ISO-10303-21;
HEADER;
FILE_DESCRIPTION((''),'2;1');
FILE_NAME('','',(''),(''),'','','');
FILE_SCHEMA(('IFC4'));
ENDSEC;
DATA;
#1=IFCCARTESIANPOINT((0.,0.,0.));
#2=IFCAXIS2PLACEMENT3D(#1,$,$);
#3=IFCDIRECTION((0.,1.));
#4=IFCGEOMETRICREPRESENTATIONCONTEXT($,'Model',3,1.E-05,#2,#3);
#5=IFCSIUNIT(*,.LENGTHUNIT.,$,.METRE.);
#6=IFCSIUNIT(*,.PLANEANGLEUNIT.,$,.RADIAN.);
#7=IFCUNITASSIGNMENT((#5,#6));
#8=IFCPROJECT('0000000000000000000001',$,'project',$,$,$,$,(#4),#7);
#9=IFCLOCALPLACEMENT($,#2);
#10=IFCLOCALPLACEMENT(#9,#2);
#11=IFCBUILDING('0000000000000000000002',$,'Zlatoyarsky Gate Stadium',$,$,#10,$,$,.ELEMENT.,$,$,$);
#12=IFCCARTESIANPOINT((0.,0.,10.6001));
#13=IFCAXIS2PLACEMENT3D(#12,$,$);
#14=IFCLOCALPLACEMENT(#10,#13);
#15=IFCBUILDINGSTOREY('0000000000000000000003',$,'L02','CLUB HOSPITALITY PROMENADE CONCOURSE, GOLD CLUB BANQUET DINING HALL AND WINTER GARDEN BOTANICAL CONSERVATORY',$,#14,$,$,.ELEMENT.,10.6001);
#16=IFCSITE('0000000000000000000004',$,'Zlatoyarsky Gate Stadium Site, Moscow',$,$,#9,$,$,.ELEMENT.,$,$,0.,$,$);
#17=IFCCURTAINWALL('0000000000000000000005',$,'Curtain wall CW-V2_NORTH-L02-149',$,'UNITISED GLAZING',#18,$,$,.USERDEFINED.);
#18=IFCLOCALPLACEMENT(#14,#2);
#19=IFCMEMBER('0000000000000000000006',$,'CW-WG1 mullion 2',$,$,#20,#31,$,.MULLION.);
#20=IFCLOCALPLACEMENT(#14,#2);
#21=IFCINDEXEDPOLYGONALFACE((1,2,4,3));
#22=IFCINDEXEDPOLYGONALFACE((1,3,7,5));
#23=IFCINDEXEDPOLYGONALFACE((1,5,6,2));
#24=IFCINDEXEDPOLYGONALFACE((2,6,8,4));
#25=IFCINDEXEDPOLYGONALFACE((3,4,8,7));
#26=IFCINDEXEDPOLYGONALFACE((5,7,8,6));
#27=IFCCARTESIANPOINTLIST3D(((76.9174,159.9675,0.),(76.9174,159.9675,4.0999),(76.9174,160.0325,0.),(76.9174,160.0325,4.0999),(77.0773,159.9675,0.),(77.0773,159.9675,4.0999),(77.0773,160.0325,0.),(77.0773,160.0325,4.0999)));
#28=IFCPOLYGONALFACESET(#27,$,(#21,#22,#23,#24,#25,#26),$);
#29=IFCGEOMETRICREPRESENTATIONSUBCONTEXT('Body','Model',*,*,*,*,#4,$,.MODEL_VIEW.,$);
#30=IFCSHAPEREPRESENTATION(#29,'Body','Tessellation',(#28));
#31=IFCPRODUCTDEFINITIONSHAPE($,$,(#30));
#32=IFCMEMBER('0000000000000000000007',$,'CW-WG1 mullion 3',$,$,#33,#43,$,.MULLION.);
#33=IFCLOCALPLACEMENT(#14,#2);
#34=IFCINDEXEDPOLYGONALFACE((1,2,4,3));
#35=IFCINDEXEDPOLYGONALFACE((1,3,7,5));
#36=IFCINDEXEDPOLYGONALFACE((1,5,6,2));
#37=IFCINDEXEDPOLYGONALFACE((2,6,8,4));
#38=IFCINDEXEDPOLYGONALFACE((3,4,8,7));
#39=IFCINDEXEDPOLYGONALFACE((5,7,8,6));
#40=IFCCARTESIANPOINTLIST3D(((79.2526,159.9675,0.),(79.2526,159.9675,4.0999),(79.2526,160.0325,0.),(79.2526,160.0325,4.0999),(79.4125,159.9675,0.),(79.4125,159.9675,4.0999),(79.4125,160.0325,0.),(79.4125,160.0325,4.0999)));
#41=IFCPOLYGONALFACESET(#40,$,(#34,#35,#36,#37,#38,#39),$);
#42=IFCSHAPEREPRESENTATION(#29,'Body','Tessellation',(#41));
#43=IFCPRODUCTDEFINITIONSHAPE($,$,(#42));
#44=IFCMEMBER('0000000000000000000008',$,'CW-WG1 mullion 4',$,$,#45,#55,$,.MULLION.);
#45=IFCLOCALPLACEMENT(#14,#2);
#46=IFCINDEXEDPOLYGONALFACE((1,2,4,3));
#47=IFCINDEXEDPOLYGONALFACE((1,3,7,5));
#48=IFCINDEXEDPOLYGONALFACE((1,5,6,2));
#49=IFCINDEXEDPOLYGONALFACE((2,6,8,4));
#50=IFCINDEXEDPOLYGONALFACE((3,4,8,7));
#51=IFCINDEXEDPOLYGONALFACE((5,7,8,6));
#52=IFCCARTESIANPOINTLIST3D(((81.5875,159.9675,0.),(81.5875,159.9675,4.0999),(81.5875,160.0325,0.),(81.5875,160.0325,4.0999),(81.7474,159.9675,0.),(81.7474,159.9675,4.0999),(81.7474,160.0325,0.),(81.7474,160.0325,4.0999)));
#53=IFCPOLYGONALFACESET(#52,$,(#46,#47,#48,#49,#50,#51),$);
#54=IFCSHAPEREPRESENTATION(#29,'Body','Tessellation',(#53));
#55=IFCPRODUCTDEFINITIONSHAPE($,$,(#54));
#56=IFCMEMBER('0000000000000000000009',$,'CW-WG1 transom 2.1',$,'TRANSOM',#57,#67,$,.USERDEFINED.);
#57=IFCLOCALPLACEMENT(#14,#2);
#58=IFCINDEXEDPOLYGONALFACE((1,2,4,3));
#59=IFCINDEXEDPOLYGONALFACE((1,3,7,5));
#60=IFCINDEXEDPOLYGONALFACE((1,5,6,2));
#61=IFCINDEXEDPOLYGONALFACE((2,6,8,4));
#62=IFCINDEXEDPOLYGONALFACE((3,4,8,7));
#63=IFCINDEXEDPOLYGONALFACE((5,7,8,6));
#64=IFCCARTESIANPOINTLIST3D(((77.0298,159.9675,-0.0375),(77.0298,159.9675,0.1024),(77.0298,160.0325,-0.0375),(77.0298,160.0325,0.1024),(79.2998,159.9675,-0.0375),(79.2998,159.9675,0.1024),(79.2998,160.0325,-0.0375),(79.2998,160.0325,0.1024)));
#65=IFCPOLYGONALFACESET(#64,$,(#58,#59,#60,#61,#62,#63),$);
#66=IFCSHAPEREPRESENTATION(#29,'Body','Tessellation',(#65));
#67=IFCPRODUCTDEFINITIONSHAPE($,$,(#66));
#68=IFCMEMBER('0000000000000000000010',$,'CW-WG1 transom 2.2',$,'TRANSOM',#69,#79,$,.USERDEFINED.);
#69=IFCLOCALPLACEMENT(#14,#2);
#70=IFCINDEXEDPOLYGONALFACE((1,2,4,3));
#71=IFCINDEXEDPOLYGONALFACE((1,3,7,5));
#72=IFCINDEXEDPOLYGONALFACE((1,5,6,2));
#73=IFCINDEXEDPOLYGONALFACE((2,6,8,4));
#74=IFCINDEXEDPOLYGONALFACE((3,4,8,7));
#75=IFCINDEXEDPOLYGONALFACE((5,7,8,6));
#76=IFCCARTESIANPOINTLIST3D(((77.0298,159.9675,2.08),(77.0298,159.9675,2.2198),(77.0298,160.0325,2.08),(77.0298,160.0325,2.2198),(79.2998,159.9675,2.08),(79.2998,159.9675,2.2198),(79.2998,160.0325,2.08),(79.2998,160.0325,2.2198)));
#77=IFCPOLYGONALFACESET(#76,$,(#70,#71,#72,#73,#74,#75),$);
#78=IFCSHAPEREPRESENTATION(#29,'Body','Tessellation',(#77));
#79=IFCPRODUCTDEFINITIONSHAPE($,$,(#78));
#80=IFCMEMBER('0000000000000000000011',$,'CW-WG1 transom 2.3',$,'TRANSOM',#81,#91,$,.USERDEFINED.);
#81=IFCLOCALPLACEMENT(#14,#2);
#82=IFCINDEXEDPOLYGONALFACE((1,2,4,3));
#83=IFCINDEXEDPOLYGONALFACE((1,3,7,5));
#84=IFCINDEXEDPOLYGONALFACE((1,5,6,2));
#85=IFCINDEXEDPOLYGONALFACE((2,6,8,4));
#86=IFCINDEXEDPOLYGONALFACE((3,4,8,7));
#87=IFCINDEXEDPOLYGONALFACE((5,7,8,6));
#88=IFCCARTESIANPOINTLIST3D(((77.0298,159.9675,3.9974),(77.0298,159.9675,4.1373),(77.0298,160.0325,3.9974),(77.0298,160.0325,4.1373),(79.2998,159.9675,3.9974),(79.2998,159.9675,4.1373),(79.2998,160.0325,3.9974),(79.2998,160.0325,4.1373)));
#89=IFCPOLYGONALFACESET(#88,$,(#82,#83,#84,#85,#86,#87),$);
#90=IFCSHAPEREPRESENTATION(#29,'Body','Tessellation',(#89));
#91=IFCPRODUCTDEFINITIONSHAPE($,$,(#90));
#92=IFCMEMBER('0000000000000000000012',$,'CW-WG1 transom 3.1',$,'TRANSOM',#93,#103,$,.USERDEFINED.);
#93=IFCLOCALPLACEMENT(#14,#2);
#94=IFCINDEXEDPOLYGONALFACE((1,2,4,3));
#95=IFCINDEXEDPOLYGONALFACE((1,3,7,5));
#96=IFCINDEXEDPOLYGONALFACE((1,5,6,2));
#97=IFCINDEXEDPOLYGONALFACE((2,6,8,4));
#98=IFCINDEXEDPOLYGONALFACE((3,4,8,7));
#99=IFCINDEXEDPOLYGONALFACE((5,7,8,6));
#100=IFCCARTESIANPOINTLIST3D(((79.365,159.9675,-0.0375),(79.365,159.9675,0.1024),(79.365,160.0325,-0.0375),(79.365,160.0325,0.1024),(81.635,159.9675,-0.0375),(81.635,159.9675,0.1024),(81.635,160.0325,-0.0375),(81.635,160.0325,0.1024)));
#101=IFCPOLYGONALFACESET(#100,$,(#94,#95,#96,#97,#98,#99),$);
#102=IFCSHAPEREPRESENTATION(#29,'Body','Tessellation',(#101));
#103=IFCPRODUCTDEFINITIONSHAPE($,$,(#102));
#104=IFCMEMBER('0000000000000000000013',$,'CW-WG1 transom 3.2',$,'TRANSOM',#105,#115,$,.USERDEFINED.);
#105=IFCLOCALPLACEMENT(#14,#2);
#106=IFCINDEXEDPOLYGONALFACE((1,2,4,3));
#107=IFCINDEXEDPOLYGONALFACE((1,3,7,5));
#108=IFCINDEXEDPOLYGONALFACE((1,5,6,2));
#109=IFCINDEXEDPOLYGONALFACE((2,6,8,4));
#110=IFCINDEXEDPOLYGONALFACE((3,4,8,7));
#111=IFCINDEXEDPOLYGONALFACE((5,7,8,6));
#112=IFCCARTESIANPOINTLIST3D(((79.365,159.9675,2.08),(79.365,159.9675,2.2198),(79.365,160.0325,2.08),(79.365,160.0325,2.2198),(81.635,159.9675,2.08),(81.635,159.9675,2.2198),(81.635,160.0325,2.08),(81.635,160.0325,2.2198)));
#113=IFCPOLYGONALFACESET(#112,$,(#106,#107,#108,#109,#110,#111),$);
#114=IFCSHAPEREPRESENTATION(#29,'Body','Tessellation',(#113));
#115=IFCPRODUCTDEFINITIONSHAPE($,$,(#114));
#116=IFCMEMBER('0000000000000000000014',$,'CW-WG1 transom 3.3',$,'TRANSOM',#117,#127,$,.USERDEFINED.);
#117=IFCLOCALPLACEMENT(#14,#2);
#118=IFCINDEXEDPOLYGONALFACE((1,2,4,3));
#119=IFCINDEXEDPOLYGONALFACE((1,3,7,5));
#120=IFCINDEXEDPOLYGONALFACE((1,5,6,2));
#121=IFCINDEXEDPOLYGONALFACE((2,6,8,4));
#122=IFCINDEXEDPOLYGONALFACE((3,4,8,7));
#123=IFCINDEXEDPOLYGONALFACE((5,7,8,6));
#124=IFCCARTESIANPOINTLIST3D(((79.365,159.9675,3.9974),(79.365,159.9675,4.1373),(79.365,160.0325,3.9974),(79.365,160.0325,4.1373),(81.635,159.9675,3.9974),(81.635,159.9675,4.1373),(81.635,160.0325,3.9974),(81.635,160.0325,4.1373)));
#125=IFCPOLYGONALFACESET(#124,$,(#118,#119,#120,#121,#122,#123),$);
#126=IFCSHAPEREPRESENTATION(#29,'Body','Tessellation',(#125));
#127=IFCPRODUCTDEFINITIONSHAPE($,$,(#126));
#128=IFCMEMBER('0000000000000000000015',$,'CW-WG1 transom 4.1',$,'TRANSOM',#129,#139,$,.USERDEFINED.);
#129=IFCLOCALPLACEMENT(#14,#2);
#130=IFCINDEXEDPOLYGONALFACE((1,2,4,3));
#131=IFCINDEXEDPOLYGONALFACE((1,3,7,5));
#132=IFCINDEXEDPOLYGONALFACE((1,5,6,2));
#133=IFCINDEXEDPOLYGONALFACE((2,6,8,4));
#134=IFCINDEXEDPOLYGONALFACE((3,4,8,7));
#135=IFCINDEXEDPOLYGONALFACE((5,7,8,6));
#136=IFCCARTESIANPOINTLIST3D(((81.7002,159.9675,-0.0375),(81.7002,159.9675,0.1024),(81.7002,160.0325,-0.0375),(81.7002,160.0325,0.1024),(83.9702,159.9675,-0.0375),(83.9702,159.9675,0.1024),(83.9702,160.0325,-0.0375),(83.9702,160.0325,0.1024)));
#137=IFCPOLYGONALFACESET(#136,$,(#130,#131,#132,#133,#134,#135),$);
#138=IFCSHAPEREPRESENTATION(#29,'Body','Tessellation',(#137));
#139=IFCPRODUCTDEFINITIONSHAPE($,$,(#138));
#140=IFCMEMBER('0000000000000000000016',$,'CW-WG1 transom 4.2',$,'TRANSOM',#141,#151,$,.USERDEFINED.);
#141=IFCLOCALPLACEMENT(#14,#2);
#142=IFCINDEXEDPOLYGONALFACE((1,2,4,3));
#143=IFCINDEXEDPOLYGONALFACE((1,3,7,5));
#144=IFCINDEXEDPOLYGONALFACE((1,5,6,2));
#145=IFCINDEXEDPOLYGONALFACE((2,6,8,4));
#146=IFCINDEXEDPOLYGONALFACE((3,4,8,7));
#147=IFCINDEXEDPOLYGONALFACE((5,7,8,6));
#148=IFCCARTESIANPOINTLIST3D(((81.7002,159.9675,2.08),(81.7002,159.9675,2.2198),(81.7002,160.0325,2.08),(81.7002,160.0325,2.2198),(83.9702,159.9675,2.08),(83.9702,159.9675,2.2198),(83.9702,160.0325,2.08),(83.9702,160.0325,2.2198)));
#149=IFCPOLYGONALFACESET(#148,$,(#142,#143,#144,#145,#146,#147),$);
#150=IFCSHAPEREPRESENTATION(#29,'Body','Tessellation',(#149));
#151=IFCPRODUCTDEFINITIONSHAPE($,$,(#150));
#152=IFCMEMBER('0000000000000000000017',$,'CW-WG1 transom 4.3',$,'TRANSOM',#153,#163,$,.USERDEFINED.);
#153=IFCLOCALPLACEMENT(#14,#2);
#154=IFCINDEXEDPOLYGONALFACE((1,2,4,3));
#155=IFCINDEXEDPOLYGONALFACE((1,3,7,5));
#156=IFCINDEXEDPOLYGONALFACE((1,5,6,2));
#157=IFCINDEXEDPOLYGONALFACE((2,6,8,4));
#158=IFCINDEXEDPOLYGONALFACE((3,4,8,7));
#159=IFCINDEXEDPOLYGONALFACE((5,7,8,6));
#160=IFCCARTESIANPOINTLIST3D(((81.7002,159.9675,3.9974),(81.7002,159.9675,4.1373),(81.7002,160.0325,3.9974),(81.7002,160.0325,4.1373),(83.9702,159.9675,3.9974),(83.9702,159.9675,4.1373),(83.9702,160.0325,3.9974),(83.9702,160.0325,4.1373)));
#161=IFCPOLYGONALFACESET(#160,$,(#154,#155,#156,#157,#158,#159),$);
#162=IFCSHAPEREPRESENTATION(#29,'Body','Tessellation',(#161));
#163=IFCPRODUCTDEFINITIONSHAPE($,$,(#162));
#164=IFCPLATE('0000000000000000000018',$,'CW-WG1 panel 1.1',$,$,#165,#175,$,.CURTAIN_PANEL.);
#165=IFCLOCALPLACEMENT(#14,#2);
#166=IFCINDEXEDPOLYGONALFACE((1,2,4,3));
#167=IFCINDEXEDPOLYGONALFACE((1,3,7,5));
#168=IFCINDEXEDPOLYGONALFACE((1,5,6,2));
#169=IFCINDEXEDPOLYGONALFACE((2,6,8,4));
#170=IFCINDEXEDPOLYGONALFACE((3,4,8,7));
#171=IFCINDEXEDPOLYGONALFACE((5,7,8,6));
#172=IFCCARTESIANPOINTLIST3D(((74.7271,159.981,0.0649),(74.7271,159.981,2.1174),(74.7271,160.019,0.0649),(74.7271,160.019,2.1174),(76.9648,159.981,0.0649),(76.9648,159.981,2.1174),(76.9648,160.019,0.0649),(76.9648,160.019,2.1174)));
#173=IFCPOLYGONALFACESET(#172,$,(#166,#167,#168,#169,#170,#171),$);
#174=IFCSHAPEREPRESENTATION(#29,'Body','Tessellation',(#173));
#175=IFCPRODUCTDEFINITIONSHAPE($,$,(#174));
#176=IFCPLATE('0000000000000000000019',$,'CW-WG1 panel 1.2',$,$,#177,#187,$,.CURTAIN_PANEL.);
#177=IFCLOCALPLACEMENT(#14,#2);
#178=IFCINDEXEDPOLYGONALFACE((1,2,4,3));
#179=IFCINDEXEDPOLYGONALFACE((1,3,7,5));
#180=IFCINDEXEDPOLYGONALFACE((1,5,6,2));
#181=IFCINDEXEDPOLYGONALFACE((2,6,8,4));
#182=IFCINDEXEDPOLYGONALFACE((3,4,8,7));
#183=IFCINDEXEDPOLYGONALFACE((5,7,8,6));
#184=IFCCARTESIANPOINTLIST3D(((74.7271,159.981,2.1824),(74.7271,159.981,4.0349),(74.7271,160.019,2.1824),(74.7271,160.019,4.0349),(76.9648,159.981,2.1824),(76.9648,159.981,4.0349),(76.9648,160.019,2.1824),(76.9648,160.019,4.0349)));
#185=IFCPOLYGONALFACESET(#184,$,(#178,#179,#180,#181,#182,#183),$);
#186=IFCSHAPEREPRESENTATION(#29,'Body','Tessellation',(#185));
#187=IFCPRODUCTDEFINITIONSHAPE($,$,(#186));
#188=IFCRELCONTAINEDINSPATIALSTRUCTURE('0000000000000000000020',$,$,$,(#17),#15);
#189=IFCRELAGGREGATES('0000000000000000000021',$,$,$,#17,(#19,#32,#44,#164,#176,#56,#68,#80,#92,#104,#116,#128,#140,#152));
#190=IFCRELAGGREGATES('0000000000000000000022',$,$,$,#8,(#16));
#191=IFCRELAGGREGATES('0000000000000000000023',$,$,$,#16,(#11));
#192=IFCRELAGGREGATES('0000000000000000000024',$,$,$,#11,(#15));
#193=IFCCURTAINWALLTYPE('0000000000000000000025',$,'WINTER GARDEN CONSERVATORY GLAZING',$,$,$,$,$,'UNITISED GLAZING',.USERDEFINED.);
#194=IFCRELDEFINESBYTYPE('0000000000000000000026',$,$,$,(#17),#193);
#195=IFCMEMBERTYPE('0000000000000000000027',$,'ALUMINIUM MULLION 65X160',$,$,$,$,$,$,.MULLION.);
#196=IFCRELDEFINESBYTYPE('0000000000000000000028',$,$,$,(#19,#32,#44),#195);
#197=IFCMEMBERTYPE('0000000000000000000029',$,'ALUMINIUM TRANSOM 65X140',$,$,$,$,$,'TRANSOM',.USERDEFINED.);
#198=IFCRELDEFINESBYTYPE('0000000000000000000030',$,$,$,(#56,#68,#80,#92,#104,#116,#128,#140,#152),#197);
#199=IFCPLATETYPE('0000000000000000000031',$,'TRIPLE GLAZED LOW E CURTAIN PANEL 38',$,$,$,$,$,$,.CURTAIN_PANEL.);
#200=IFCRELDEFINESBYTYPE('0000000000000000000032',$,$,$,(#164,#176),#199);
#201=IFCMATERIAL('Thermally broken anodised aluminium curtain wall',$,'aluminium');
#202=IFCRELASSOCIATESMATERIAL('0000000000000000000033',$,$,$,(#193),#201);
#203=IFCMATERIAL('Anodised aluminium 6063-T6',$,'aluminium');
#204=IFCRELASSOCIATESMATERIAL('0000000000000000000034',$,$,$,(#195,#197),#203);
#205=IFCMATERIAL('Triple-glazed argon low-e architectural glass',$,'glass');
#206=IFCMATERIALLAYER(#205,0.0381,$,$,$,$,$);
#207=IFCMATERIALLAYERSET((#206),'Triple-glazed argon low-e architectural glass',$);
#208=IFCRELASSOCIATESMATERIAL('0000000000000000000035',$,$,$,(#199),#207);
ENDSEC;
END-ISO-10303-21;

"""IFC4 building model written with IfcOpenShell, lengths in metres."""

from ifc_helpers import new_model, si_unit, direction, frame, origin, origin_2d, place, context, subcontext, project, spatial, rectangle, extrude, material, layer, layer_set, material_profile, profile_set, type_object, element, aggregate, save


model = new_model("IFC4")

# Units and contexts
model_context = context("Model", 3, precision=1e-05, world=origin(), true_north=direction((0.0, 1.0)))
body_context = subcontext(model_context, "Body", "Model", "MODEL_VIEW")
ifc_project = project(units=[si_unit("LENGTHUNIT", "METRE"), si_unit("PLANEANGLEUNIT", "RADIAN")], contexts=[model_context])

# Site, building, storey
site_placement = place(None, origin())
site = spatial("IfcSite", under=ifc_project, at=site_placement, Name="Zlatoyarsky Gate Stadium Site, Moscow", CompositionType="ELEMENT", RefElevation=0.0)
building_placement = place(site_placement, origin())
building = spatial("IfcBuilding", under=site, at=building_placement, Name="Zlatoyarsky Gate Stadium", CompositionType="ELEMENT")
storey_placement = place(building_placement, frame((0.0, 0.0, 10.6001)))
storey = spatial("IfcBuildingStorey", under=building, at=storey_placement, Name="L02", Description="CLUB HOSPITALITY PROMENADE CONCOURSE, GOLD CLUB BANQUET DINING HALL AND WINTER GARDEN BOTANICAL CONSERVATORY", CompositionType="ELEMENT", Elevation=10.6001)

# Curtain wall, members, plates
ifc_material_1 = material(Name="Thermally broken anodised aluminium curtain wall", Category="aluminium")
curtain_wall_type = type_object("IfcCurtainWallType", Name="WINTER GARDEN CONSERVATORY GLAZING", ElementType="UNITISED GLAZING", PredefinedType="USERDEFINED", material=ifc_material_1)
curtain_wall_placement = place(storey_placement, origin())
curtain_wall = element("IfcCurtainWall", 1, at=curtain_wall_placement, inside=storey, type_object=curtain_wall_type, Name="Curtain wall CW-V2_NORTH-L02-149", ObjectType="UNITISED GLAZING", PredefinedType="USERDEFINED")
ifc_material_2 = material(Name="Anodised aluminium 6063-T6", Category="aluminium")
ifc_material_profile_1 = material_profile(ifc_material_2, rectangle(XDim=0.0649, YDim=0.1599, at=origin_2d()), Name="ALU 65X160")
ifc_profile_set_1 = profile_set([ifc_material_profile_1], Name="Anodised aluminium 6063-T6")
member_type_1 = type_object("IfcMemberType", Name="ALUMINIUM MULLION 65X160", PredefinedType="MULLION", material=ifc_profile_set_1)
member_1_placement = place(storey_placement, frame((76.9973, 160.0, 0.0), z_axis=(0.0, 0.0, 1.0), x_axis=(0.0, 1.0, 0.0)))
member_1 = element("IfcMember", 2, at=member_1_placement, type_object=member_type_1, Name="CW-WG1 mullion 2", PredefinedType="MULLION", context=body_context, shape_type="SweptSolid", body=[
    extrude(rectangle(XDim=0.0649, YDim=0.1599, at=origin_2d()), origin(), (0.0, 0.0, 1.0), 4.0999),
])
member_2_placement = place(storey_placement, frame((79.3325, 160.0, 0.0), z_axis=(0.0, 0.0, 1.0), x_axis=(0.0, 1.0, 0.0)))
member_2 = element("IfcMember", 3, at=member_2_placement, type_object=member_type_1, Name="CW-WG1 mullion 3", PredefinedType="MULLION", context=body_context, shape_type="SweptSolid", body=[
    extrude(rectangle(XDim=0.0649, YDim=0.1599, at=origin_2d()), origin(), (0.0, 0.0, 1.0), 4.0999),
])
member_3_placement = place(storey_placement, frame((81.6675, 160.0, 0.0), z_axis=(0.0, 0.0, 1.0), x_axis=(0.0, 1.0, 0.0)))
member_3 = element("IfcMember", 4, at=member_3_placement, type_object=member_type_1, Name="CW-WG1 mullion 4", PredefinedType="MULLION", context=body_context, shape_type="SweptSolid", body=[
    extrude(rectangle(XDim=0.0649, YDim=0.1599, at=origin_2d()), origin(), (0.0, 0.0, 1.0), 4.0999),
])
ifc_material_profile_2 = material_profile(ifc_material_2, rectangle(XDim=0.0649, YDim=0.1399, at=origin_2d()), Name="ALU 65X140")
ifc_profile_set_2 = profile_set([ifc_material_profile_2], Name="Anodised aluminium 6063-T6")
member_type_2 = type_object("IfcMemberType", Name="ALUMINIUM TRANSOM 65X140", ElementType="TRANSOM", PredefinedType="USERDEFINED", material=ifc_profile_set_2)
member_4_placement = place(storey_placement, frame((77.0298, 160.0, 0.0325), z_axis=(1.0, 0.0, 0.0), x_axis=(0.0, 1.0, 0.0)))
member_4 = element("IfcMember", 5, at=member_4_placement, type_object=member_type_2, Name="CW-WG1 transom 2.1", ObjectType="TRANSOM", PredefinedType="USERDEFINED", context=body_context, shape_type="SweptSolid", body=[
    extrude(rectangle(XDim=0.0649, YDim=0.1399, at=origin_2d()), origin(), (0.0, 0.0, 1.0), 2.27),
])
member_5_placement = place(storey_placement, frame((77.0298, 160.0, 2.1499), z_axis=(1.0, 0.0, 0.0), x_axis=(0.0, 1.0, 0.0)))
member_5 = element("IfcMember", 6, at=member_5_placement, type_object=member_type_2, Name="CW-WG1 transom 2.2", ObjectType="TRANSOM", PredefinedType="USERDEFINED", context=body_context, shape_type="SweptSolid", body=[
    extrude(rectangle(XDim=0.0649, YDim=0.1399, at=origin_2d()), origin(), (0.0, 0.0, 1.0), 2.27),
])
member_6_placement = place(storey_placement, frame((77.0298, 160.0, 4.0674), z_axis=(1.0, 0.0, 0.0), x_axis=(0.0, 1.0, 0.0)))
member_6 = element("IfcMember", 7, at=member_6_placement, type_object=member_type_2, Name="CW-WG1 transom 2.3", ObjectType="TRANSOM", PredefinedType="USERDEFINED", context=body_context, shape_type="SweptSolid", body=[
    extrude(rectangle(XDim=0.0649, YDim=0.1399, at=origin_2d()), origin(), (0.0, 0.0, 1.0), 2.27),
])
member_7_placement = place(storey_placement, frame((79.365, 160.0, 0.0325), z_axis=(1.0, 0.0, 0.0), x_axis=(0.0, 1.0, 0.0)))
member_7 = element("IfcMember", 8, at=member_7_placement, type_object=member_type_2, Name="CW-WG1 transom 3.1", ObjectType="TRANSOM", PredefinedType="USERDEFINED", context=body_context, shape_type="SweptSolid", body=[
    extrude(rectangle(XDim=0.0649, YDim=0.1399, at=origin_2d()), origin(), (0.0, 0.0, 1.0), 2.27),
])
member_8_placement = place(storey_placement, frame((79.365, 160.0, 2.1499), z_axis=(1.0, 0.0, 0.0), x_axis=(0.0, 1.0, 0.0)))
member_8 = element("IfcMember", 9, at=member_8_placement, type_object=member_type_2, Name="CW-WG1 transom 3.2", ObjectType="TRANSOM", PredefinedType="USERDEFINED", context=body_context, shape_type="SweptSolid", body=[
    extrude(rectangle(XDim=0.0649, YDim=0.1399, at=origin_2d()), origin(), (0.0, 0.0, 1.0), 2.27),
])
member_9_placement = place(storey_placement, frame((79.365, 160.0, 4.0674), z_axis=(1.0, 0.0, 0.0), x_axis=(0.0, 1.0, 0.0)))
member_9 = element("IfcMember", 10, at=member_9_placement, type_object=member_type_2, Name="CW-WG1 transom 3.3", ObjectType="TRANSOM", PredefinedType="USERDEFINED", context=body_context, shape_type="SweptSolid", body=[
    extrude(rectangle(XDim=0.0649, YDim=0.1399, at=origin_2d()), origin(), (0.0, 0.0, 1.0), 2.27),
])
member_10_placement = place(storey_placement, frame((81.7002, 160.0, 0.0325), z_axis=(1.0, 0.0, 0.0), x_axis=(0.0, 1.0, 0.0)))
member_10 = element("IfcMember", 11, at=member_10_placement, type_object=member_type_2, Name="CW-WG1 transom 4.1", ObjectType="TRANSOM", PredefinedType="USERDEFINED", context=body_context, shape_type="SweptSolid", body=[
    extrude(rectangle(XDim=0.0649, YDim=0.1399, at=origin_2d()), origin(), (0.0, 0.0, 1.0), 2.27),
])
member_11_placement = place(storey_placement, frame((81.7002, 160.0, 2.1499), z_axis=(1.0, 0.0, 0.0), x_axis=(0.0, 1.0, 0.0)))
member_11 = element("IfcMember", 12, at=member_11_placement, type_object=member_type_2, Name="CW-WG1 transom 4.2", ObjectType="TRANSOM", PredefinedType="USERDEFINED", context=body_context, shape_type="SweptSolid", body=[
    extrude(rectangle(XDim=0.0649, YDim=0.1399, at=origin_2d()), origin(), (0.0, 0.0, 1.0), 2.27),
])
member_12_placement = place(storey_placement, frame((81.7002, 160.0, 4.0674), z_axis=(1.0, 0.0, 0.0), x_axis=(0.0, 1.0, 0.0)))
member_12 = element("IfcMember", 13, at=member_12_placement, type_object=member_type_2, Name="CW-WG1 transom 4.3", ObjectType="TRANSOM", PredefinedType="USERDEFINED", context=body_context, shape_type="SweptSolid", body=[
    extrude(rectangle(XDim=0.0649, YDim=0.1399, at=origin_2d()), origin(), (0.0, 0.0, 1.0), 2.27),
])
ifc_material_3 = material(Name="Triple-glazed argon low-e architectural glass", Category="glass")
ifc_layer_1 = layer(ifc_material_3, 0.0381)
ifc_layer_set_1 = layer_set([ifc_layer_1], Name="Triple-glazed argon low-e architectural glass")
plate_type = type_object("IfcPlateType", Name="TRIPLE GLAZED LOW E CURTAIN PANEL 38", PredefinedType="CURTAIN_PANEL", material=ifc_layer_set_1)
plate_1_placement = place(storey_placement, frame((75.8459, 160.0, 0.0649), z_axis=(0.0, 0.0, 1.0), x_axis=(1.0, 0.0, 0.0)))
plate_1 = element("IfcPlate", 14, at=plate_1_placement, type_object=plate_type, Name="CW-WG1 panel 1.1", PredefinedType="CURTAIN_PANEL", context=body_context, shape_type="SweptSolid", body=[
    extrude(rectangle(XDim=2.2378, YDim=0.0381, at=origin_2d()), origin(), (0.0, 0.0, 1.0), 2.0525),
])
plate_2_placement = place(storey_placement, frame((75.8459, 160.0, 2.1824), z_axis=(0.0, 0.0, 1.0), x_axis=(1.0, 0.0, 0.0)))
plate_2 = element("IfcPlate", 15, at=plate_2_placement, type_object=plate_type, Name="CW-WG1 panel 1.2", PredefinedType="CURTAIN_PANEL", context=body_context, shape_type="SweptSolid", body=[
    extrude(rectangle(XDim=2.2378, YDim=0.0381, at=origin_2d()), origin(), (0.0, 0.0, 1.0), 1.8525),
])
aggregate(curtain_wall, [member_1, member_2, member_3, plate_1, plate_2, member_4, member_5, member_6, member_7, member_8, member_9, member_10, member_11, member_12])

save(model, "model.ifc")
